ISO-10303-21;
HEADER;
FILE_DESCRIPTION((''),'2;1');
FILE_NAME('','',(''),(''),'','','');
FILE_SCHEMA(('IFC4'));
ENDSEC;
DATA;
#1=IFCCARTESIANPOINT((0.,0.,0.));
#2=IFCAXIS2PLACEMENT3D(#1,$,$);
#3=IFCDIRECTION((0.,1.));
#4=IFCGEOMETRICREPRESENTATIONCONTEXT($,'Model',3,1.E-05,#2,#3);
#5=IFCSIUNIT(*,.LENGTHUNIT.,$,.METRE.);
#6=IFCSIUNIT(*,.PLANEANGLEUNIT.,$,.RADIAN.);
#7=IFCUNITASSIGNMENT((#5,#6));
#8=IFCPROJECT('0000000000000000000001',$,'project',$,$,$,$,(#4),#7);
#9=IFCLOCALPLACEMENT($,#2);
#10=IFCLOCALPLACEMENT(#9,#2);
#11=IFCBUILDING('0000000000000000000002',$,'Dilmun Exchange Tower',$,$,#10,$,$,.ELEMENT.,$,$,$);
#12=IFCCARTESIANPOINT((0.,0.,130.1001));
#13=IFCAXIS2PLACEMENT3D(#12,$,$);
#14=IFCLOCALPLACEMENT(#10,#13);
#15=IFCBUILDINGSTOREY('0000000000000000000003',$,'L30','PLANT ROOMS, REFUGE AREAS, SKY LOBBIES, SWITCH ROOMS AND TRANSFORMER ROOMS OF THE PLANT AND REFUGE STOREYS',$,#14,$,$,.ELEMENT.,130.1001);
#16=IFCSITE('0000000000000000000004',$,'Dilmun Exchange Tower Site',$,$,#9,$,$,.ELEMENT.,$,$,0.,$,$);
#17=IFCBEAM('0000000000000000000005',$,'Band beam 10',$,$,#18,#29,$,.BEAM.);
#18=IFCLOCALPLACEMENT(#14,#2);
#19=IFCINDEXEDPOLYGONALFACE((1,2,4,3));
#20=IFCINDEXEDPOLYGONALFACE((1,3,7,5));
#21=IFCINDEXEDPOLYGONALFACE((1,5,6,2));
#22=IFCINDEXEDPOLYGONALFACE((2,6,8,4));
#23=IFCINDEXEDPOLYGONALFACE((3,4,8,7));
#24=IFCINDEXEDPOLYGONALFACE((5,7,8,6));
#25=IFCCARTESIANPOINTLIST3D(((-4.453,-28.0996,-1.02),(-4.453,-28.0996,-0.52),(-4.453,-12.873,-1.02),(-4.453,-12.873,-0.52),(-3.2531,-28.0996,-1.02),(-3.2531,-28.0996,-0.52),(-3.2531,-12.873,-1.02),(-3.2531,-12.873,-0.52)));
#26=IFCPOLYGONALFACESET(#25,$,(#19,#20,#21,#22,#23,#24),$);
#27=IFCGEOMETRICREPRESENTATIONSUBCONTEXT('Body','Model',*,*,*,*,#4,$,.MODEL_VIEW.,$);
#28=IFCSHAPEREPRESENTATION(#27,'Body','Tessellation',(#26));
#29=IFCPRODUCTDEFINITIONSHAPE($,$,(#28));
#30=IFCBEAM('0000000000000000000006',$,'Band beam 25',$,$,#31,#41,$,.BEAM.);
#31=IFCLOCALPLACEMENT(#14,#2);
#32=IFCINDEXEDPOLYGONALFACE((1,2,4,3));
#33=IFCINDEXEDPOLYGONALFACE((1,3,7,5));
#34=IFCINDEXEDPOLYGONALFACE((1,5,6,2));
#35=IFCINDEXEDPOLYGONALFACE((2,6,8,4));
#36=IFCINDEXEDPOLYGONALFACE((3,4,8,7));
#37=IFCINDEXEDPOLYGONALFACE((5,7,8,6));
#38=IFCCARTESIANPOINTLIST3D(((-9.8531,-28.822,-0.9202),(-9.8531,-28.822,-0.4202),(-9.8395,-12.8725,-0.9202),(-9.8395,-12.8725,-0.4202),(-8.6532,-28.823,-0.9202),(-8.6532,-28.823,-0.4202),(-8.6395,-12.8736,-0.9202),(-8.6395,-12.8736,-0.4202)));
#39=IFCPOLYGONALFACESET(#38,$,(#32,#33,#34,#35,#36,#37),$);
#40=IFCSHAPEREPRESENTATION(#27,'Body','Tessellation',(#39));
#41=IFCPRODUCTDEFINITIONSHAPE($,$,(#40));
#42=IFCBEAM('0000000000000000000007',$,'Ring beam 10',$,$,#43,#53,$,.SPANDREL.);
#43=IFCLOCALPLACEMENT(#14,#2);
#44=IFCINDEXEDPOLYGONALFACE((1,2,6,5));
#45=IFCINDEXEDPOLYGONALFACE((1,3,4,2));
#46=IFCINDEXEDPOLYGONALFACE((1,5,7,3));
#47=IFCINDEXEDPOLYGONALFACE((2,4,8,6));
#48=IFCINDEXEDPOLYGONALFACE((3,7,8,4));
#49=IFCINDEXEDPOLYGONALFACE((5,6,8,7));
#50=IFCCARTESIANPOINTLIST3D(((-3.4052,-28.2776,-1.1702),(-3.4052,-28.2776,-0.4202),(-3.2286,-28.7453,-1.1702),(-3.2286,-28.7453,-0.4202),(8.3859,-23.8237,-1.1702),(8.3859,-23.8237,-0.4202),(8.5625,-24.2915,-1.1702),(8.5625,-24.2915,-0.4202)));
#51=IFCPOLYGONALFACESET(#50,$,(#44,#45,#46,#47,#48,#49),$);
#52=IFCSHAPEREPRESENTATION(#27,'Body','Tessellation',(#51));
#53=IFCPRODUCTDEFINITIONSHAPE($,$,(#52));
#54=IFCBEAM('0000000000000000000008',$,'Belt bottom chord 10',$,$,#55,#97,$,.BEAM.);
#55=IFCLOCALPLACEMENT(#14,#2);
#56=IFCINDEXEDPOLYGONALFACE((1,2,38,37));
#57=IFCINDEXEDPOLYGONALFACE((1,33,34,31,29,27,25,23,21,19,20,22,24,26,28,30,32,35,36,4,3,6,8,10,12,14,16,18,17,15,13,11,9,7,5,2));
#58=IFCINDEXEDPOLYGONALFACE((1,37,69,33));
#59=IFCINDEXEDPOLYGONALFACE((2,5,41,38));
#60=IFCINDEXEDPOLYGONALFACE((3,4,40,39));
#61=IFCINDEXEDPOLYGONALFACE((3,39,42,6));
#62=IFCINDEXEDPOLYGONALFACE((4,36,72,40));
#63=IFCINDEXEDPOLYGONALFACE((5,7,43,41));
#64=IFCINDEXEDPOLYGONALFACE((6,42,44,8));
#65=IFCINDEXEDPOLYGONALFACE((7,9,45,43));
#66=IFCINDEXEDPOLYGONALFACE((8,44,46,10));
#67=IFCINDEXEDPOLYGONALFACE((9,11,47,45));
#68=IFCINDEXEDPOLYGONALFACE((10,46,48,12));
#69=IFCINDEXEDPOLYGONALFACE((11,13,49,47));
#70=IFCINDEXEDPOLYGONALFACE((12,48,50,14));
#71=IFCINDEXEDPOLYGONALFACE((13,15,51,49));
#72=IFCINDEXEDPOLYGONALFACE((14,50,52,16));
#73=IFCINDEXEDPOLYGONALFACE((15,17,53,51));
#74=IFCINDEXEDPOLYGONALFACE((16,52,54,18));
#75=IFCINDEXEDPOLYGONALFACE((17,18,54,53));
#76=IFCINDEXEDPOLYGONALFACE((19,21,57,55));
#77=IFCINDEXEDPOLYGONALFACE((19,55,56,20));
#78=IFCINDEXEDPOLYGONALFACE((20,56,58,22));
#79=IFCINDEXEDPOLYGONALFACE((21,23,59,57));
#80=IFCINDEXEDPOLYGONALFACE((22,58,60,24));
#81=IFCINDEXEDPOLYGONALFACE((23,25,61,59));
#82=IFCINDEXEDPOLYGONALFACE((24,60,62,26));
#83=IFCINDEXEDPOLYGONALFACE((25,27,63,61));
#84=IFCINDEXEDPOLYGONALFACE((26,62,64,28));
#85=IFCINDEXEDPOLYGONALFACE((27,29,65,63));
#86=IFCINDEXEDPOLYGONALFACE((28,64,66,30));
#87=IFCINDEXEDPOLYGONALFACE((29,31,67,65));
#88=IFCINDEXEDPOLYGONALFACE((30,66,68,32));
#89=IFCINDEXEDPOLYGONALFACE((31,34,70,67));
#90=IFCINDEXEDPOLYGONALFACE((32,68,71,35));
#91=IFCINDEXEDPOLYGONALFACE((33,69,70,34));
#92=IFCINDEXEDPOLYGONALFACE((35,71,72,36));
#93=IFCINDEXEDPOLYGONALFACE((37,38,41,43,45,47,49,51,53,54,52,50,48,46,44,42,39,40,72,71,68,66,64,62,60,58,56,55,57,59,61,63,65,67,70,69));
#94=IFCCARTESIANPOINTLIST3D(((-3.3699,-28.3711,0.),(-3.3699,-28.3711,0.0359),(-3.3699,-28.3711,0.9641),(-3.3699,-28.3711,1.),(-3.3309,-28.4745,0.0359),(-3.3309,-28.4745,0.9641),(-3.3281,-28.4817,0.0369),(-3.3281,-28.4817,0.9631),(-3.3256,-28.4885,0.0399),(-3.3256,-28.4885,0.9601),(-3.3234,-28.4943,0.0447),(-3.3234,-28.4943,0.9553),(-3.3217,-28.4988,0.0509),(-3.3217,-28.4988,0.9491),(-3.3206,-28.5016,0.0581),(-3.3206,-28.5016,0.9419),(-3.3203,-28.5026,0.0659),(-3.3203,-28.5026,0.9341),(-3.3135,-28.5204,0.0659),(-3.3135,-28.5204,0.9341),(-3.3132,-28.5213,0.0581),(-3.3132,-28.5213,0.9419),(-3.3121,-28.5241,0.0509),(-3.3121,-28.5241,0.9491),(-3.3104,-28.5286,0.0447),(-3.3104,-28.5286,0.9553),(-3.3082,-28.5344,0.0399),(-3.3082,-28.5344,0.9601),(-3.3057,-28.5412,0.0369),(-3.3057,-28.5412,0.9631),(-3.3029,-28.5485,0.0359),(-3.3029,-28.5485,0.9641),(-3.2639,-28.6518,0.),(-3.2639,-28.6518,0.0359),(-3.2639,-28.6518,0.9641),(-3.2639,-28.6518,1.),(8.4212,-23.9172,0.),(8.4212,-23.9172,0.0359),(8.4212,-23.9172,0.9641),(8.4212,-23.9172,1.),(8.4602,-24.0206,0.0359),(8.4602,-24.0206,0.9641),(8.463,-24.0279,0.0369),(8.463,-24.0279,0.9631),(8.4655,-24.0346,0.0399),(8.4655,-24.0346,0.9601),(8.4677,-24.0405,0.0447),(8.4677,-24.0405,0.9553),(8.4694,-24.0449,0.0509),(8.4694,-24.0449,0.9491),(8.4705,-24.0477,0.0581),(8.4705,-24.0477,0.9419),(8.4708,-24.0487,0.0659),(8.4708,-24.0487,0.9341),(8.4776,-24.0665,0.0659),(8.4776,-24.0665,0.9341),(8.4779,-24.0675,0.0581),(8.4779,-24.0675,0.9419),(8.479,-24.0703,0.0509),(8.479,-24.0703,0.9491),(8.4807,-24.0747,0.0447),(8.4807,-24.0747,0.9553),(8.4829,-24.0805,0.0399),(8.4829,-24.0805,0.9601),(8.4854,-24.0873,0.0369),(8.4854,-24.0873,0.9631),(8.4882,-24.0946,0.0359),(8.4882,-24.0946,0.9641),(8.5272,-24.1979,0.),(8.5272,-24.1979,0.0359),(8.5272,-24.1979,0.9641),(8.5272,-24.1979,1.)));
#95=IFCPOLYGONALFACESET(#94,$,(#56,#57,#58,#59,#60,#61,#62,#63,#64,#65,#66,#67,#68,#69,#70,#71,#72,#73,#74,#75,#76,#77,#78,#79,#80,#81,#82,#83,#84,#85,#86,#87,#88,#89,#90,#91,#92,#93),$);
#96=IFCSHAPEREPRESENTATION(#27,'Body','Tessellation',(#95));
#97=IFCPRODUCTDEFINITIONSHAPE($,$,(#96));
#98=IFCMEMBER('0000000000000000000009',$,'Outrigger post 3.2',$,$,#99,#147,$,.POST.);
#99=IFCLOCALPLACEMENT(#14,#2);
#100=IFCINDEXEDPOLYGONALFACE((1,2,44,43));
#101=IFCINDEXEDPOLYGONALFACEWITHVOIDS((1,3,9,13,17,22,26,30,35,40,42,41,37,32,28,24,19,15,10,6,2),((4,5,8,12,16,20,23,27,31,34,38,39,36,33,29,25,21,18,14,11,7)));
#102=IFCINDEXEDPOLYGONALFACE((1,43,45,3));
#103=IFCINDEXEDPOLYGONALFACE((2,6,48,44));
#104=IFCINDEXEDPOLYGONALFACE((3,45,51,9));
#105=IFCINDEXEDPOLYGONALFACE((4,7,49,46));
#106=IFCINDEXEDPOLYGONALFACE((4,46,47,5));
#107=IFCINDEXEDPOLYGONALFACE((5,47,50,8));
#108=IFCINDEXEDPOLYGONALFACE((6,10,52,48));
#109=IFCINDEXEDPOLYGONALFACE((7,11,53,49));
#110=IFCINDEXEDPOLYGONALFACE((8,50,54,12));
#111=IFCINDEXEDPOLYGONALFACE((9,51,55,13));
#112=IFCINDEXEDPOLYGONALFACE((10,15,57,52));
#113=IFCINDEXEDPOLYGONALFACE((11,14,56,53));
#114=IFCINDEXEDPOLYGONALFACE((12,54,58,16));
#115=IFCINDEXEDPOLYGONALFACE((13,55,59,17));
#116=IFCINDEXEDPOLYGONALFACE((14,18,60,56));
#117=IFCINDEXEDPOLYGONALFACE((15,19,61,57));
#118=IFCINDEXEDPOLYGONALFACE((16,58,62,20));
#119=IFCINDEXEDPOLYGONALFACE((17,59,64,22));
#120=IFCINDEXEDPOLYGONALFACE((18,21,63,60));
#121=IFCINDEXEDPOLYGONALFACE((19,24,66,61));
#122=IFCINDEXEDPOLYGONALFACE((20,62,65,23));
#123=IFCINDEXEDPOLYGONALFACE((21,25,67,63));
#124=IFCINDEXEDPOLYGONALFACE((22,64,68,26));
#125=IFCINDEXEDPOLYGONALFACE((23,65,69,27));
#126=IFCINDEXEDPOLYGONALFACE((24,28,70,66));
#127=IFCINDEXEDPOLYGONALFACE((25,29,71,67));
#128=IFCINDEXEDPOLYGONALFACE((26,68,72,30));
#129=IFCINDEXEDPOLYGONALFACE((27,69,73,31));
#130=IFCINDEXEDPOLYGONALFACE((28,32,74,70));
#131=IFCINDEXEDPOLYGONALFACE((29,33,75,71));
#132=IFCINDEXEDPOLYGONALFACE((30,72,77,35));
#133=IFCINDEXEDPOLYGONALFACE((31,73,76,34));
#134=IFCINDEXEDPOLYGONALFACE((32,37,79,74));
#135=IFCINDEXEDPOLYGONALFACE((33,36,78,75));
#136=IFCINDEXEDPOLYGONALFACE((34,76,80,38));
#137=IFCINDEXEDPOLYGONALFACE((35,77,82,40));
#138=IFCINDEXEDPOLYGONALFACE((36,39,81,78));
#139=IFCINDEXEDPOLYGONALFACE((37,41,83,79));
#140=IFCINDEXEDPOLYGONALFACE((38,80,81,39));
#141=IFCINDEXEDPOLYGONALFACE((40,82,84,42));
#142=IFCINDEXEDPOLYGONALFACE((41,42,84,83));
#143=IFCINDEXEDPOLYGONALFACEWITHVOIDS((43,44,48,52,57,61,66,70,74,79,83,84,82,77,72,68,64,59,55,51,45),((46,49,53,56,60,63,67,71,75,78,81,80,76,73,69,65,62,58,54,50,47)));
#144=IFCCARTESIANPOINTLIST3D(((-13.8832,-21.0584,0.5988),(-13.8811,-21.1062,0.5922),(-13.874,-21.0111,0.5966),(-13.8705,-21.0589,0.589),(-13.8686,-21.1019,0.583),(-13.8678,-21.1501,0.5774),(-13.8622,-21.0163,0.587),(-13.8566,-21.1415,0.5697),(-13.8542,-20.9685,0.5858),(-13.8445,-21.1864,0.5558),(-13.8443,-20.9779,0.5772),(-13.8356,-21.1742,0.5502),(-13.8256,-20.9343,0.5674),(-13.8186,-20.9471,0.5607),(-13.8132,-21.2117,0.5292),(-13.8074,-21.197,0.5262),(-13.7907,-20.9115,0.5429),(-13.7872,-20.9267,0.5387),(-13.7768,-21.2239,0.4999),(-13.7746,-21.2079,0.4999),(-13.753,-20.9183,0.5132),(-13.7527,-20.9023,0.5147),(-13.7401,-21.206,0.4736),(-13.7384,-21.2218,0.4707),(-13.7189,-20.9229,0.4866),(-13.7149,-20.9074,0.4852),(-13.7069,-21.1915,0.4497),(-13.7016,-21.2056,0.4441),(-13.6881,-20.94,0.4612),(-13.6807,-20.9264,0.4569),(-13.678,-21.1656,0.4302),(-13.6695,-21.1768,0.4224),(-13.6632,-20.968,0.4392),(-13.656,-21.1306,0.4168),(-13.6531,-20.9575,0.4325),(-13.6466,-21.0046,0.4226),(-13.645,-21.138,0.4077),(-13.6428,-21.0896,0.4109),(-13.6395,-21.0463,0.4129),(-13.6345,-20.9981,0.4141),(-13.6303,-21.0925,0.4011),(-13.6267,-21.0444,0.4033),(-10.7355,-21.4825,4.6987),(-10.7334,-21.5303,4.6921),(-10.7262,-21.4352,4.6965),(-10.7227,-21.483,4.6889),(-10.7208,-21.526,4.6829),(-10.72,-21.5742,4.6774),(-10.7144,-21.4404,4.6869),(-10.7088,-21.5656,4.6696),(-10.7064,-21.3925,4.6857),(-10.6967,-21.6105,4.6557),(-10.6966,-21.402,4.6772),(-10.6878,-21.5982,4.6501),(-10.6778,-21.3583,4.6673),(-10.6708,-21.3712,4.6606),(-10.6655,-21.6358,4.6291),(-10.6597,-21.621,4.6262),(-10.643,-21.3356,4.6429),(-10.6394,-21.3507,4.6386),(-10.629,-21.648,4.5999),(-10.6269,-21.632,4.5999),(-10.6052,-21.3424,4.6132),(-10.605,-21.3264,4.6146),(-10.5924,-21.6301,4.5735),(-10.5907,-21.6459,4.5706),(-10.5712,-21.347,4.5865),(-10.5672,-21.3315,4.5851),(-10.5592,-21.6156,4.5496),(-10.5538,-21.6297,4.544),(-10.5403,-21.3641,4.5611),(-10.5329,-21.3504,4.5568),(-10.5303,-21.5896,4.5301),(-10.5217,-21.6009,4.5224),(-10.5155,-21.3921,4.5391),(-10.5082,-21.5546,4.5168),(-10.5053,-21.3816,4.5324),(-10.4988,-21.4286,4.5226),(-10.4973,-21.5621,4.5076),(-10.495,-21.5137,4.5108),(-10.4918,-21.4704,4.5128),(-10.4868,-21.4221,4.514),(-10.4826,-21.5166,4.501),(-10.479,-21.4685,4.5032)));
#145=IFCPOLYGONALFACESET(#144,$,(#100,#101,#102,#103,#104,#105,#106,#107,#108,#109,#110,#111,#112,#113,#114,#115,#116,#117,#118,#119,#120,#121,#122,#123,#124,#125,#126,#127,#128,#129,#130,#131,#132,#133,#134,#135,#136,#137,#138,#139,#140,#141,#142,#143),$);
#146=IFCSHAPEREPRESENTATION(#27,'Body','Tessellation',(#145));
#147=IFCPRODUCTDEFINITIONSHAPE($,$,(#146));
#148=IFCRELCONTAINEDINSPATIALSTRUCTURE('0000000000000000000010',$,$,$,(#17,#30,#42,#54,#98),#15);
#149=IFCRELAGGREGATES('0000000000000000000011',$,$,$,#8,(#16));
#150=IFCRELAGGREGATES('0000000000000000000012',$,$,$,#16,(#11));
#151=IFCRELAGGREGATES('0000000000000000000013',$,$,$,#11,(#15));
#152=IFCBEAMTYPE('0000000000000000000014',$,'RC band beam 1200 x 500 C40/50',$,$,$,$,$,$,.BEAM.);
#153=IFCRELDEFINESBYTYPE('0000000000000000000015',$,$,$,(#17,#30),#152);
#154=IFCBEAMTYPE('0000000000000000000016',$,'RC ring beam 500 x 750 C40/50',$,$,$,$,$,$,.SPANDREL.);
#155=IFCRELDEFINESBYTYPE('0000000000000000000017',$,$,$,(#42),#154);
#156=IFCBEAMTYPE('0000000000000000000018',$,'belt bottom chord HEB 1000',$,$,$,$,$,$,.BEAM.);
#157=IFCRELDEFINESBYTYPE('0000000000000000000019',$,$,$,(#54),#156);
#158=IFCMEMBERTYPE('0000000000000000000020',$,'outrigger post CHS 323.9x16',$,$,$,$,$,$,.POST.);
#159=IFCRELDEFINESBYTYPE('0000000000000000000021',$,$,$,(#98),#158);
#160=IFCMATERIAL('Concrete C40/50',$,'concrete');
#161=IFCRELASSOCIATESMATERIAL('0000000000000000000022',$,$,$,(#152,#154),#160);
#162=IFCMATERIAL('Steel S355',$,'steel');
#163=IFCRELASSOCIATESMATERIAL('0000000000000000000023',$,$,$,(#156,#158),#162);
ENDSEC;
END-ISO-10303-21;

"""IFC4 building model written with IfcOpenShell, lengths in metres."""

from ifc_helpers import new_model, si_unit, direction, frame, origin, origin_2d, place, context, subcontext, project, spatial, rectangle, hollow_circle, i_section, extrude, material, material_profile, profile_set, type_object, element, save


model = new_model("IFC4")

# Units and contexts
model_context = context("Model", 3, precision=1e-05, world=origin(), true_north=direction((0.0, 1.0)))
body_context = subcontext(model_context, "Body", "Model", "MODEL_VIEW")
ifc_project = project(units=[si_unit("LENGTHUNIT", "METRE"), si_unit("PLANEANGLEUNIT", "RADIAN")], contexts=[model_context])

# Site, building, storey
site_placement = place(None, origin())
site = spatial("IfcSite", under=ifc_project, at=site_placement, Name="Dilmun Exchange Tower Site", CompositionType="ELEMENT", RefElevation=0.0)
building_placement = place(site_placement, origin())
building = spatial("IfcBuilding", under=site, at=building_placement, Name="Dilmun Exchange Tower", CompositionType="ELEMENT")
storey_placement = place(building_placement, frame((0.0, 0.0, 130.1001)))
storey = spatial("IfcBuildingStorey", under=building, at=storey_placement, Name="L30", Description="PLANT ROOMS, REFUGE AREAS, SKY LOBBIES, SWITCH ROOMS AND TRANSFORMER ROOMS OF THE PLANT AND REFUGE STOREYS", CompositionType="ELEMENT", Elevation=130.1001)

# Beams
ifc_material_1 = material(Name="Concrete C40/50", Category="concrete")
ifc_material_profile_1 = material_profile(ifc_material_1, rectangle(XDim=1.2, YDim=0.5, at=origin_2d()), Name="1200 x 500")
ifc_profile_set_1 = profile_set([ifc_material_profile_1], Name="Concrete C40/50")
beam_type_1 = type_object("IfcBeamType", Name="RC band beam 1200 x 500 C40/50", PredefinedType="BEAM", material=ifc_profile_set_1)
beam_1_placement = place(storey_placement, frame((-3.853, -28.0996, -0.77), z_axis=(0.0, 1.0, 0.0), x_axis=(-1.0, 0.0, 0.0)))
element("IfcBeam", 1, at=beam_1_placement, inside=storey, type_object=beam_type_1, Name="Band beam 10", PredefinedType="BEAM", context=body_context, shape_type="SweptSolid", body=[
    extrude(rectangle(XDim=1.2, YDim=0.5, at=origin_2d()), origin(), (0.0, 0.0, 1.0), 15.2266),
])
beam_2_placement = place(storey_placement, frame((-9.2532, -28.8225, -0.6702), z_axis=(0.000857, 1.0, 0.0), x_axis=(-1.0, 0.000857, 0.0)))
element("IfcBeam", 2, at=beam_2_placement, inside=storey, type_object=beam_type_1, Name="Band beam 25", PredefinedType="BEAM", context=body_context, shape_type="SweptSolid", body=[
    extrude(rectangle(XDim=1.2, YDim=0.5, at=origin_2d()), origin(), (0.0, 0.0, 1.0), 15.9495),
])
ifc_material_profile_2 = material_profile(ifc_material_1, rectangle(XDim=0.5, YDim=0.75, at=origin_2d()), Name="500 x 750")
ifc_profile_set_2 = profile_set([ifc_material_profile_2], Name="Concrete C40/50")
beam_type_2 = type_object("IfcBeamType", Name="RC ring beam 500 x 750 C40/50", PredefinedType="SPANDREL", material=ifc_profile_set_2)
beam_3_placement = place(storey_placement, frame((-3.3169, -28.5115, -0.7952), z_axis=(0.935486, 0.353364, 0.0), x_axis=(-0.353364, 0.935486, 0.0)))
element("IfcBeam", 3, at=beam_3_placement, inside=storey, type_object=beam_type_2, Name="Ring beam 10", PredefinedType="SPANDREL", context=body_context, shape_type="SweptSolid", body=[
    extrude(rectangle(XDim=0.5, YDim=0.75, at=origin_2d()), origin(), (0.0, 0.0, 1.0), 12.6042),
])
ifc_material_2 = material(Name="Steel S355", Category="steel")
ifc_material_profile_3 = material_profile(ifc_material_2, i_section(OverallWidth=0.3, OverallDepth=1.0, WebThickness=0.019, FlangeThickness=0.0359, FilletRadius=0.03, at=origin_2d()), Name="HEB 1000")
ifc_profile_set_3 = profile_set([ifc_material_profile_3], Name="Steel S355")
beam_type_3 = type_object("IfcBeamType", Name="belt bottom chord HEB 1000", PredefinedType="BEAM", material=ifc_profile_set_3)
beam_4_placement = place(storey_placement, frame((-3.3169, -28.5115, 0.5), z_axis=(0.935486, 0.353364, 0.0), x_axis=(-0.353364, 0.935486, 0.0)))
element("IfcBeam", 4, at=beam_4_placement, inside=storey, type_object=beam_type_3, Name="Belt bottom chord 10", PredefinedType="BEAM", context=body_context, shape_type="SweptSolid", body=[
    extrude(i_section(OverallWidth=0.3, OverallDepth=1.0, WebThickness=0.019, FlangeThickness=0.0359, FilletRadius=0.03, at=origin_2d()), origin(), (0.0, 0.0, 1.0), 12.6042),
])

# Member
ifc_material_profile_4 = material_profile(ifc_material_2, hollow_circle(Radius=0.1619, WallThickness=0.0161, at=origin_2d()), Name="CHS 323.9x16")
ifc_profile_set_4 = profile_set([ifc_material_profile_4], Name="Steel S355")
member_type_1 = type_object("IfcMemberType", Name="outrigger post CHS 323.9x16", PredefinedType="POST", material=ifc_profile_set_4)
member_1_placement = place(storey_placement, frame((-10.6074, -21.4875, 4.5999), z_axis=(-0.606938, 0.081769, -0.790531), x_axis=(-0.133518, -0.991046, 0.0)))
element("IfcMember", 5, at=member_1_placement, inside=storey, type_object=member_type_1, Name="Outrigger post 3.2", PredefinedType="POST", context=body_context, shape_type="SweptSolid", body=[
    extrude(hollow_circle(Radius=0.1619, WallThickness=0.0161, at=origin_2d()), origin(), (0.0, 0.0, 1.0), 5.1863),
])

save(model, "model.ifc")
